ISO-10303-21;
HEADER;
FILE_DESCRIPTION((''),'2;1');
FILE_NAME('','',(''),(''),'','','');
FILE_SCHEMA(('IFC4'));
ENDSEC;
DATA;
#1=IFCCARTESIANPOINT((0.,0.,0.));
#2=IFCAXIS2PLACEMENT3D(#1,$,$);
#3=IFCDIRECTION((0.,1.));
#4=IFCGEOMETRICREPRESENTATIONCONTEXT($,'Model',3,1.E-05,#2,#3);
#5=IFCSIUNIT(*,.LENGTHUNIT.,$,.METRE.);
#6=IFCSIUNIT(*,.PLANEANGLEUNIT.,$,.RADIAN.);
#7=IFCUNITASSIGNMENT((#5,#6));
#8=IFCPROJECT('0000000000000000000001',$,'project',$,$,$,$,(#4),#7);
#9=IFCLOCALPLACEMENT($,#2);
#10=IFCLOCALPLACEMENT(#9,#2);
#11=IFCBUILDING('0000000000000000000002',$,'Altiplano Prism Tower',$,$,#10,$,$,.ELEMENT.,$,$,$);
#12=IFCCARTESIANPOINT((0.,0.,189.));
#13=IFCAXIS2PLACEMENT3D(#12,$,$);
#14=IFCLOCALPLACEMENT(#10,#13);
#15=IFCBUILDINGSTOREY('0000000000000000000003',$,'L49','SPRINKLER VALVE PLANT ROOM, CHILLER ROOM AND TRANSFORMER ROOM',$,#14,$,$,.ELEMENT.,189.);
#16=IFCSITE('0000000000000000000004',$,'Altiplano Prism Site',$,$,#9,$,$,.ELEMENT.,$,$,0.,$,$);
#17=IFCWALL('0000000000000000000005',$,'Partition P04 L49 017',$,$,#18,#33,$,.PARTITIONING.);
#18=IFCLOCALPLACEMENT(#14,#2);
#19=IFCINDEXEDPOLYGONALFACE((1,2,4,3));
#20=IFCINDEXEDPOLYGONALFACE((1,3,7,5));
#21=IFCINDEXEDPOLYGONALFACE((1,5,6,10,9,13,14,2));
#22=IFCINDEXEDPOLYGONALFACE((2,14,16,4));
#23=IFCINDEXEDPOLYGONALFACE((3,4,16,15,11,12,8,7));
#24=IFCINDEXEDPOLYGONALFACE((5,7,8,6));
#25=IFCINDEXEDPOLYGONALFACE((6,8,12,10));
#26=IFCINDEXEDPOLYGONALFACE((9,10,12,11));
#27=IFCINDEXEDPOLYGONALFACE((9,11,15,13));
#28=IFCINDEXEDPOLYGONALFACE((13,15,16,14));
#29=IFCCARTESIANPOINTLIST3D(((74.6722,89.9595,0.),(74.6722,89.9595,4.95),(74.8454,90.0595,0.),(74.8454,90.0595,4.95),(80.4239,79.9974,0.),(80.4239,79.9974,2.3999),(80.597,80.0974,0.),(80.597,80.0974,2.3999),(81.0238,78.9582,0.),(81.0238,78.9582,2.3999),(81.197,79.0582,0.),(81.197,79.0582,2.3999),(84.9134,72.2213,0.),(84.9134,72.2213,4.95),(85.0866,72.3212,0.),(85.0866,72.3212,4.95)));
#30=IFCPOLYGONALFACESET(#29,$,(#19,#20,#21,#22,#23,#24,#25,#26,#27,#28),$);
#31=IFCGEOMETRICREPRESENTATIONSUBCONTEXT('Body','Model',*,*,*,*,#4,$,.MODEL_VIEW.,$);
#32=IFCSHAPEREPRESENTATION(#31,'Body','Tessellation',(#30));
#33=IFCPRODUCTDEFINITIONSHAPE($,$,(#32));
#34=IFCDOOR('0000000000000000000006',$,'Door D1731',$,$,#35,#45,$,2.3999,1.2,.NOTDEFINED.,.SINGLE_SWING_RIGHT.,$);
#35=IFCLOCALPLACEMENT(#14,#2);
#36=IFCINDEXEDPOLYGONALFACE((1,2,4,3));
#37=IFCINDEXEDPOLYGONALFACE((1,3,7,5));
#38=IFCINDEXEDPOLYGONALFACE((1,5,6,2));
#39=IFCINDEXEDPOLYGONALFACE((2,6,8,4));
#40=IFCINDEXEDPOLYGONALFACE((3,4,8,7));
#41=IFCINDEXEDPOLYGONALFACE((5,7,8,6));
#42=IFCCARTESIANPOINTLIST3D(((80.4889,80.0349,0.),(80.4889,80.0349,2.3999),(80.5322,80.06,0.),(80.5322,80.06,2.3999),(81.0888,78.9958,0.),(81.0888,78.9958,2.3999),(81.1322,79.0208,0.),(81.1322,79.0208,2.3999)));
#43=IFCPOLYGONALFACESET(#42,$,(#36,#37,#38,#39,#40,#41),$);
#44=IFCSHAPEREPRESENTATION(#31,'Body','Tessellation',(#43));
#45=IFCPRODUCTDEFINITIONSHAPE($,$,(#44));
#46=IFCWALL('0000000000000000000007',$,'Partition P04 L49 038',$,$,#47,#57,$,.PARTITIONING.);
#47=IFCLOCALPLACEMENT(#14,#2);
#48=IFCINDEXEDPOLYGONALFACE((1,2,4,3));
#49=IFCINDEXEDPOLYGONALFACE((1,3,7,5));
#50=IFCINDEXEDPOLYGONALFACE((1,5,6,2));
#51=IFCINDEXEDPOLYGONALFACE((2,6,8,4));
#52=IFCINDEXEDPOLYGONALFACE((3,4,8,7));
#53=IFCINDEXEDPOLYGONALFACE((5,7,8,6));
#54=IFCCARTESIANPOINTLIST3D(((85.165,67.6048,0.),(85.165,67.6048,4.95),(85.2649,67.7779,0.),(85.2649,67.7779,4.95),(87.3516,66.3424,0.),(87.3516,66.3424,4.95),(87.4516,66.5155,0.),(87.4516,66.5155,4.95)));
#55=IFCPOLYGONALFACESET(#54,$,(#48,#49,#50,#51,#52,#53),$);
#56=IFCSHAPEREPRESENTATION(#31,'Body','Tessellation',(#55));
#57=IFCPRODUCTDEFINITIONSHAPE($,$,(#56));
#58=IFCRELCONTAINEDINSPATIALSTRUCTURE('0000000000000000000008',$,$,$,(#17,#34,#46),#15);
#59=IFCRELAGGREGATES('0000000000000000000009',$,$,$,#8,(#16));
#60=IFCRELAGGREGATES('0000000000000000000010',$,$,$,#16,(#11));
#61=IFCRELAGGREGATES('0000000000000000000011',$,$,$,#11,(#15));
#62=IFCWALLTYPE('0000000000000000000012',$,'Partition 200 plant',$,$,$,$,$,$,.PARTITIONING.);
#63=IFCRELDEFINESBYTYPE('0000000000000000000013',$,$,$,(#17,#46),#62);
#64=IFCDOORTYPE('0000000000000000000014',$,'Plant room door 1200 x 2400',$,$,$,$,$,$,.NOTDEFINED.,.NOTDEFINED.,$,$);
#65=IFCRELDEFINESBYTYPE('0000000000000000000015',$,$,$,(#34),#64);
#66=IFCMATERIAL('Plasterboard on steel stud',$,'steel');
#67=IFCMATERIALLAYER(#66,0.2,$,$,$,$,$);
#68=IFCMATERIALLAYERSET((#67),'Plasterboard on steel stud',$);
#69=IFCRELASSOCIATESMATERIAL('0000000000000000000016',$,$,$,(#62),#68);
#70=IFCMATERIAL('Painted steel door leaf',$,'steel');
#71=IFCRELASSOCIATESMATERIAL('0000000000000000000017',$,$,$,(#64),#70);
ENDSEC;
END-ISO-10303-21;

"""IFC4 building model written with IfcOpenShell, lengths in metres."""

from ifc_helpers import new_model, si_unit, direction, frame, frame_2d, origin, place, context, subcontext, project, spatial, rectangle, extrude, material, layer, layer_set, type_object, element, fill, save


model = new_model("IFC4")

# Units and contexts
model_context = context("Model", 3, precision=1e-05, world=origin(), true_north=direction((0.0, 1.0)))
body_context = subcontext(model_context, "Body", "Model", "MODEL_VIEW")
ifc_project = project(units=[si_unit("LENGTHUNIT", "METRE"), si_unit("PLANEANGLEUNIT", "RADIAN")], contexts=[model_context])

# Site, building, storey
site_placement = place(None, origin())
site = spatial("IfcSite", under=ifc_project, at=site_placement, Name="Altiplano Prism Site", CompositionType="ELEMENT", RefElevation=0.0)
building_placement = place(site_placement, origin())
building = spatial("IfcBuilding", under=site, at=building_placement, Name="Altiplano Prism Tower", CompositionType="ELEMENT")
storey_placement = place(building_placement, frame((0.0, 0.0, 189.0)))
storey = spatial("IfcBuildingStorey", under=building, at=storey_placement, Name="L49", Description="SPRINKLER VALVE PLANT ROOM, CHILLER ROOM AND TRANSFORMER ROOM", CompositionType="ELEMENT", Elevation=189.0)

# Shared definitions
ifc_material_1 = material(Name="Plasterboard on steel stud", Category="steel")

# Wall, opening, door
ifc_layer_1 = layer(ifc_material_1, 0.2)
ifc_layer_set_1 = layer_set([ifc_layer_1], Name="Plasterboard on steel stud")
wall_type_1 = type_object("IfcWallType", Name="Partition 200 plant", PredefinedType="PARTITIONING", material=ifc_layer_set_1)
wall_1_placement = place(storey_placement, frame((85.0, 72.2712, 0.0), z_axis=(0.0, 0.0, 1.0), x_axis=(-0.5, 0.866025, 0.0)))
wall_1 = element("IfcWall", 1, at=wall_1_placement, inside=storey, type_object=wall_type_1, Name="Partition P04 L49 017", PredefinedType="PARTITIONING", context=body_context, shape_type="SweptSolid", body=[
    extrude(rectangle(XDim=20.4824, YDim=0.2, at=frame_2d((10.2412, 0.0))), origin(), (0.0, 0.0, 1.0), 4.95),
])
opening_1_placement = place(wall_1_placement, frame((7.7791, 0.0, 0.0)))
opening_1 = element("IfcOpeningElement", 2, at=opening_1_placement, cuts=wall_1, PredefinedType="OPENING", context=body_context, shape_type="SweptSolid", body=[
    extrude(rectangle(XDim=1.2, YDim=2.3999, at=frame_2d((0.6001, 1.2))), frame((0.0, 0.1104, 0.0), z_axis=(0.0, -1.0, 0.0), x_axis=(1.0, 0.0, 0.0)), (0.0, 0.0, 1.0), 0.2209),
])
ifc_material_2 = material(Name="Painted steel door leaf", Category="steel")
door_type_1 = type_object("IfcDoorType", Name="Plant room door 1200 x 2400", OperationType="NOTDEFINED", PredefinedType="NOTDEFINED", material=ifc_material_2)
door_1_placement = place(opening_1_placement, origin())
door_1 = element("IfcDoor", 3, at=door_1_placement, inside=storey, type_object=door_type_1, Name="Door D1731", OperationType="SINGLE_SWING_RIGHT", OverallHeight=2.3999, OverallWidth=1.2, PredefinedType="NOTDEFINED", context=body_context, shape_type="SweptSolid", body=[
    extrude(rectangle(XDim=1.2, YDim=2.3999, at=frame_2d((0.6001, 1.2))), frame((0.0, 0.0249, 0.0), z_axis=(0.0, -1.0, 0.0), x_axis=(1.0, 0.0, 0.0)), (0.0, 0.0, 1.0), 0.05),
])
fill(opening_1, door_1)

# Wall
wall_2_placement = place(storey_placement, frame((87.4016, 66.429, 0.0), z_axis=(0.0, 0.0, 1.0), x_axis=(-0.866039, 0.499976, 0.0)))
element("IfcWall", 4, at=wall_2_placement, inside=storey, type_object=wall_type_1, Name="Partition P04 L49 038", PredefinedType="PARTITIONING", context=body_context, shape_type="SweptSolid", body=[
    extrude(rectangle(XDim=2.5249, YDim=0.2, at=frame_2d((1.2625, 0.0))), origin(), (0.0, 0.0, 1.0), 4.95),
])

save(model, "model.ifc")
